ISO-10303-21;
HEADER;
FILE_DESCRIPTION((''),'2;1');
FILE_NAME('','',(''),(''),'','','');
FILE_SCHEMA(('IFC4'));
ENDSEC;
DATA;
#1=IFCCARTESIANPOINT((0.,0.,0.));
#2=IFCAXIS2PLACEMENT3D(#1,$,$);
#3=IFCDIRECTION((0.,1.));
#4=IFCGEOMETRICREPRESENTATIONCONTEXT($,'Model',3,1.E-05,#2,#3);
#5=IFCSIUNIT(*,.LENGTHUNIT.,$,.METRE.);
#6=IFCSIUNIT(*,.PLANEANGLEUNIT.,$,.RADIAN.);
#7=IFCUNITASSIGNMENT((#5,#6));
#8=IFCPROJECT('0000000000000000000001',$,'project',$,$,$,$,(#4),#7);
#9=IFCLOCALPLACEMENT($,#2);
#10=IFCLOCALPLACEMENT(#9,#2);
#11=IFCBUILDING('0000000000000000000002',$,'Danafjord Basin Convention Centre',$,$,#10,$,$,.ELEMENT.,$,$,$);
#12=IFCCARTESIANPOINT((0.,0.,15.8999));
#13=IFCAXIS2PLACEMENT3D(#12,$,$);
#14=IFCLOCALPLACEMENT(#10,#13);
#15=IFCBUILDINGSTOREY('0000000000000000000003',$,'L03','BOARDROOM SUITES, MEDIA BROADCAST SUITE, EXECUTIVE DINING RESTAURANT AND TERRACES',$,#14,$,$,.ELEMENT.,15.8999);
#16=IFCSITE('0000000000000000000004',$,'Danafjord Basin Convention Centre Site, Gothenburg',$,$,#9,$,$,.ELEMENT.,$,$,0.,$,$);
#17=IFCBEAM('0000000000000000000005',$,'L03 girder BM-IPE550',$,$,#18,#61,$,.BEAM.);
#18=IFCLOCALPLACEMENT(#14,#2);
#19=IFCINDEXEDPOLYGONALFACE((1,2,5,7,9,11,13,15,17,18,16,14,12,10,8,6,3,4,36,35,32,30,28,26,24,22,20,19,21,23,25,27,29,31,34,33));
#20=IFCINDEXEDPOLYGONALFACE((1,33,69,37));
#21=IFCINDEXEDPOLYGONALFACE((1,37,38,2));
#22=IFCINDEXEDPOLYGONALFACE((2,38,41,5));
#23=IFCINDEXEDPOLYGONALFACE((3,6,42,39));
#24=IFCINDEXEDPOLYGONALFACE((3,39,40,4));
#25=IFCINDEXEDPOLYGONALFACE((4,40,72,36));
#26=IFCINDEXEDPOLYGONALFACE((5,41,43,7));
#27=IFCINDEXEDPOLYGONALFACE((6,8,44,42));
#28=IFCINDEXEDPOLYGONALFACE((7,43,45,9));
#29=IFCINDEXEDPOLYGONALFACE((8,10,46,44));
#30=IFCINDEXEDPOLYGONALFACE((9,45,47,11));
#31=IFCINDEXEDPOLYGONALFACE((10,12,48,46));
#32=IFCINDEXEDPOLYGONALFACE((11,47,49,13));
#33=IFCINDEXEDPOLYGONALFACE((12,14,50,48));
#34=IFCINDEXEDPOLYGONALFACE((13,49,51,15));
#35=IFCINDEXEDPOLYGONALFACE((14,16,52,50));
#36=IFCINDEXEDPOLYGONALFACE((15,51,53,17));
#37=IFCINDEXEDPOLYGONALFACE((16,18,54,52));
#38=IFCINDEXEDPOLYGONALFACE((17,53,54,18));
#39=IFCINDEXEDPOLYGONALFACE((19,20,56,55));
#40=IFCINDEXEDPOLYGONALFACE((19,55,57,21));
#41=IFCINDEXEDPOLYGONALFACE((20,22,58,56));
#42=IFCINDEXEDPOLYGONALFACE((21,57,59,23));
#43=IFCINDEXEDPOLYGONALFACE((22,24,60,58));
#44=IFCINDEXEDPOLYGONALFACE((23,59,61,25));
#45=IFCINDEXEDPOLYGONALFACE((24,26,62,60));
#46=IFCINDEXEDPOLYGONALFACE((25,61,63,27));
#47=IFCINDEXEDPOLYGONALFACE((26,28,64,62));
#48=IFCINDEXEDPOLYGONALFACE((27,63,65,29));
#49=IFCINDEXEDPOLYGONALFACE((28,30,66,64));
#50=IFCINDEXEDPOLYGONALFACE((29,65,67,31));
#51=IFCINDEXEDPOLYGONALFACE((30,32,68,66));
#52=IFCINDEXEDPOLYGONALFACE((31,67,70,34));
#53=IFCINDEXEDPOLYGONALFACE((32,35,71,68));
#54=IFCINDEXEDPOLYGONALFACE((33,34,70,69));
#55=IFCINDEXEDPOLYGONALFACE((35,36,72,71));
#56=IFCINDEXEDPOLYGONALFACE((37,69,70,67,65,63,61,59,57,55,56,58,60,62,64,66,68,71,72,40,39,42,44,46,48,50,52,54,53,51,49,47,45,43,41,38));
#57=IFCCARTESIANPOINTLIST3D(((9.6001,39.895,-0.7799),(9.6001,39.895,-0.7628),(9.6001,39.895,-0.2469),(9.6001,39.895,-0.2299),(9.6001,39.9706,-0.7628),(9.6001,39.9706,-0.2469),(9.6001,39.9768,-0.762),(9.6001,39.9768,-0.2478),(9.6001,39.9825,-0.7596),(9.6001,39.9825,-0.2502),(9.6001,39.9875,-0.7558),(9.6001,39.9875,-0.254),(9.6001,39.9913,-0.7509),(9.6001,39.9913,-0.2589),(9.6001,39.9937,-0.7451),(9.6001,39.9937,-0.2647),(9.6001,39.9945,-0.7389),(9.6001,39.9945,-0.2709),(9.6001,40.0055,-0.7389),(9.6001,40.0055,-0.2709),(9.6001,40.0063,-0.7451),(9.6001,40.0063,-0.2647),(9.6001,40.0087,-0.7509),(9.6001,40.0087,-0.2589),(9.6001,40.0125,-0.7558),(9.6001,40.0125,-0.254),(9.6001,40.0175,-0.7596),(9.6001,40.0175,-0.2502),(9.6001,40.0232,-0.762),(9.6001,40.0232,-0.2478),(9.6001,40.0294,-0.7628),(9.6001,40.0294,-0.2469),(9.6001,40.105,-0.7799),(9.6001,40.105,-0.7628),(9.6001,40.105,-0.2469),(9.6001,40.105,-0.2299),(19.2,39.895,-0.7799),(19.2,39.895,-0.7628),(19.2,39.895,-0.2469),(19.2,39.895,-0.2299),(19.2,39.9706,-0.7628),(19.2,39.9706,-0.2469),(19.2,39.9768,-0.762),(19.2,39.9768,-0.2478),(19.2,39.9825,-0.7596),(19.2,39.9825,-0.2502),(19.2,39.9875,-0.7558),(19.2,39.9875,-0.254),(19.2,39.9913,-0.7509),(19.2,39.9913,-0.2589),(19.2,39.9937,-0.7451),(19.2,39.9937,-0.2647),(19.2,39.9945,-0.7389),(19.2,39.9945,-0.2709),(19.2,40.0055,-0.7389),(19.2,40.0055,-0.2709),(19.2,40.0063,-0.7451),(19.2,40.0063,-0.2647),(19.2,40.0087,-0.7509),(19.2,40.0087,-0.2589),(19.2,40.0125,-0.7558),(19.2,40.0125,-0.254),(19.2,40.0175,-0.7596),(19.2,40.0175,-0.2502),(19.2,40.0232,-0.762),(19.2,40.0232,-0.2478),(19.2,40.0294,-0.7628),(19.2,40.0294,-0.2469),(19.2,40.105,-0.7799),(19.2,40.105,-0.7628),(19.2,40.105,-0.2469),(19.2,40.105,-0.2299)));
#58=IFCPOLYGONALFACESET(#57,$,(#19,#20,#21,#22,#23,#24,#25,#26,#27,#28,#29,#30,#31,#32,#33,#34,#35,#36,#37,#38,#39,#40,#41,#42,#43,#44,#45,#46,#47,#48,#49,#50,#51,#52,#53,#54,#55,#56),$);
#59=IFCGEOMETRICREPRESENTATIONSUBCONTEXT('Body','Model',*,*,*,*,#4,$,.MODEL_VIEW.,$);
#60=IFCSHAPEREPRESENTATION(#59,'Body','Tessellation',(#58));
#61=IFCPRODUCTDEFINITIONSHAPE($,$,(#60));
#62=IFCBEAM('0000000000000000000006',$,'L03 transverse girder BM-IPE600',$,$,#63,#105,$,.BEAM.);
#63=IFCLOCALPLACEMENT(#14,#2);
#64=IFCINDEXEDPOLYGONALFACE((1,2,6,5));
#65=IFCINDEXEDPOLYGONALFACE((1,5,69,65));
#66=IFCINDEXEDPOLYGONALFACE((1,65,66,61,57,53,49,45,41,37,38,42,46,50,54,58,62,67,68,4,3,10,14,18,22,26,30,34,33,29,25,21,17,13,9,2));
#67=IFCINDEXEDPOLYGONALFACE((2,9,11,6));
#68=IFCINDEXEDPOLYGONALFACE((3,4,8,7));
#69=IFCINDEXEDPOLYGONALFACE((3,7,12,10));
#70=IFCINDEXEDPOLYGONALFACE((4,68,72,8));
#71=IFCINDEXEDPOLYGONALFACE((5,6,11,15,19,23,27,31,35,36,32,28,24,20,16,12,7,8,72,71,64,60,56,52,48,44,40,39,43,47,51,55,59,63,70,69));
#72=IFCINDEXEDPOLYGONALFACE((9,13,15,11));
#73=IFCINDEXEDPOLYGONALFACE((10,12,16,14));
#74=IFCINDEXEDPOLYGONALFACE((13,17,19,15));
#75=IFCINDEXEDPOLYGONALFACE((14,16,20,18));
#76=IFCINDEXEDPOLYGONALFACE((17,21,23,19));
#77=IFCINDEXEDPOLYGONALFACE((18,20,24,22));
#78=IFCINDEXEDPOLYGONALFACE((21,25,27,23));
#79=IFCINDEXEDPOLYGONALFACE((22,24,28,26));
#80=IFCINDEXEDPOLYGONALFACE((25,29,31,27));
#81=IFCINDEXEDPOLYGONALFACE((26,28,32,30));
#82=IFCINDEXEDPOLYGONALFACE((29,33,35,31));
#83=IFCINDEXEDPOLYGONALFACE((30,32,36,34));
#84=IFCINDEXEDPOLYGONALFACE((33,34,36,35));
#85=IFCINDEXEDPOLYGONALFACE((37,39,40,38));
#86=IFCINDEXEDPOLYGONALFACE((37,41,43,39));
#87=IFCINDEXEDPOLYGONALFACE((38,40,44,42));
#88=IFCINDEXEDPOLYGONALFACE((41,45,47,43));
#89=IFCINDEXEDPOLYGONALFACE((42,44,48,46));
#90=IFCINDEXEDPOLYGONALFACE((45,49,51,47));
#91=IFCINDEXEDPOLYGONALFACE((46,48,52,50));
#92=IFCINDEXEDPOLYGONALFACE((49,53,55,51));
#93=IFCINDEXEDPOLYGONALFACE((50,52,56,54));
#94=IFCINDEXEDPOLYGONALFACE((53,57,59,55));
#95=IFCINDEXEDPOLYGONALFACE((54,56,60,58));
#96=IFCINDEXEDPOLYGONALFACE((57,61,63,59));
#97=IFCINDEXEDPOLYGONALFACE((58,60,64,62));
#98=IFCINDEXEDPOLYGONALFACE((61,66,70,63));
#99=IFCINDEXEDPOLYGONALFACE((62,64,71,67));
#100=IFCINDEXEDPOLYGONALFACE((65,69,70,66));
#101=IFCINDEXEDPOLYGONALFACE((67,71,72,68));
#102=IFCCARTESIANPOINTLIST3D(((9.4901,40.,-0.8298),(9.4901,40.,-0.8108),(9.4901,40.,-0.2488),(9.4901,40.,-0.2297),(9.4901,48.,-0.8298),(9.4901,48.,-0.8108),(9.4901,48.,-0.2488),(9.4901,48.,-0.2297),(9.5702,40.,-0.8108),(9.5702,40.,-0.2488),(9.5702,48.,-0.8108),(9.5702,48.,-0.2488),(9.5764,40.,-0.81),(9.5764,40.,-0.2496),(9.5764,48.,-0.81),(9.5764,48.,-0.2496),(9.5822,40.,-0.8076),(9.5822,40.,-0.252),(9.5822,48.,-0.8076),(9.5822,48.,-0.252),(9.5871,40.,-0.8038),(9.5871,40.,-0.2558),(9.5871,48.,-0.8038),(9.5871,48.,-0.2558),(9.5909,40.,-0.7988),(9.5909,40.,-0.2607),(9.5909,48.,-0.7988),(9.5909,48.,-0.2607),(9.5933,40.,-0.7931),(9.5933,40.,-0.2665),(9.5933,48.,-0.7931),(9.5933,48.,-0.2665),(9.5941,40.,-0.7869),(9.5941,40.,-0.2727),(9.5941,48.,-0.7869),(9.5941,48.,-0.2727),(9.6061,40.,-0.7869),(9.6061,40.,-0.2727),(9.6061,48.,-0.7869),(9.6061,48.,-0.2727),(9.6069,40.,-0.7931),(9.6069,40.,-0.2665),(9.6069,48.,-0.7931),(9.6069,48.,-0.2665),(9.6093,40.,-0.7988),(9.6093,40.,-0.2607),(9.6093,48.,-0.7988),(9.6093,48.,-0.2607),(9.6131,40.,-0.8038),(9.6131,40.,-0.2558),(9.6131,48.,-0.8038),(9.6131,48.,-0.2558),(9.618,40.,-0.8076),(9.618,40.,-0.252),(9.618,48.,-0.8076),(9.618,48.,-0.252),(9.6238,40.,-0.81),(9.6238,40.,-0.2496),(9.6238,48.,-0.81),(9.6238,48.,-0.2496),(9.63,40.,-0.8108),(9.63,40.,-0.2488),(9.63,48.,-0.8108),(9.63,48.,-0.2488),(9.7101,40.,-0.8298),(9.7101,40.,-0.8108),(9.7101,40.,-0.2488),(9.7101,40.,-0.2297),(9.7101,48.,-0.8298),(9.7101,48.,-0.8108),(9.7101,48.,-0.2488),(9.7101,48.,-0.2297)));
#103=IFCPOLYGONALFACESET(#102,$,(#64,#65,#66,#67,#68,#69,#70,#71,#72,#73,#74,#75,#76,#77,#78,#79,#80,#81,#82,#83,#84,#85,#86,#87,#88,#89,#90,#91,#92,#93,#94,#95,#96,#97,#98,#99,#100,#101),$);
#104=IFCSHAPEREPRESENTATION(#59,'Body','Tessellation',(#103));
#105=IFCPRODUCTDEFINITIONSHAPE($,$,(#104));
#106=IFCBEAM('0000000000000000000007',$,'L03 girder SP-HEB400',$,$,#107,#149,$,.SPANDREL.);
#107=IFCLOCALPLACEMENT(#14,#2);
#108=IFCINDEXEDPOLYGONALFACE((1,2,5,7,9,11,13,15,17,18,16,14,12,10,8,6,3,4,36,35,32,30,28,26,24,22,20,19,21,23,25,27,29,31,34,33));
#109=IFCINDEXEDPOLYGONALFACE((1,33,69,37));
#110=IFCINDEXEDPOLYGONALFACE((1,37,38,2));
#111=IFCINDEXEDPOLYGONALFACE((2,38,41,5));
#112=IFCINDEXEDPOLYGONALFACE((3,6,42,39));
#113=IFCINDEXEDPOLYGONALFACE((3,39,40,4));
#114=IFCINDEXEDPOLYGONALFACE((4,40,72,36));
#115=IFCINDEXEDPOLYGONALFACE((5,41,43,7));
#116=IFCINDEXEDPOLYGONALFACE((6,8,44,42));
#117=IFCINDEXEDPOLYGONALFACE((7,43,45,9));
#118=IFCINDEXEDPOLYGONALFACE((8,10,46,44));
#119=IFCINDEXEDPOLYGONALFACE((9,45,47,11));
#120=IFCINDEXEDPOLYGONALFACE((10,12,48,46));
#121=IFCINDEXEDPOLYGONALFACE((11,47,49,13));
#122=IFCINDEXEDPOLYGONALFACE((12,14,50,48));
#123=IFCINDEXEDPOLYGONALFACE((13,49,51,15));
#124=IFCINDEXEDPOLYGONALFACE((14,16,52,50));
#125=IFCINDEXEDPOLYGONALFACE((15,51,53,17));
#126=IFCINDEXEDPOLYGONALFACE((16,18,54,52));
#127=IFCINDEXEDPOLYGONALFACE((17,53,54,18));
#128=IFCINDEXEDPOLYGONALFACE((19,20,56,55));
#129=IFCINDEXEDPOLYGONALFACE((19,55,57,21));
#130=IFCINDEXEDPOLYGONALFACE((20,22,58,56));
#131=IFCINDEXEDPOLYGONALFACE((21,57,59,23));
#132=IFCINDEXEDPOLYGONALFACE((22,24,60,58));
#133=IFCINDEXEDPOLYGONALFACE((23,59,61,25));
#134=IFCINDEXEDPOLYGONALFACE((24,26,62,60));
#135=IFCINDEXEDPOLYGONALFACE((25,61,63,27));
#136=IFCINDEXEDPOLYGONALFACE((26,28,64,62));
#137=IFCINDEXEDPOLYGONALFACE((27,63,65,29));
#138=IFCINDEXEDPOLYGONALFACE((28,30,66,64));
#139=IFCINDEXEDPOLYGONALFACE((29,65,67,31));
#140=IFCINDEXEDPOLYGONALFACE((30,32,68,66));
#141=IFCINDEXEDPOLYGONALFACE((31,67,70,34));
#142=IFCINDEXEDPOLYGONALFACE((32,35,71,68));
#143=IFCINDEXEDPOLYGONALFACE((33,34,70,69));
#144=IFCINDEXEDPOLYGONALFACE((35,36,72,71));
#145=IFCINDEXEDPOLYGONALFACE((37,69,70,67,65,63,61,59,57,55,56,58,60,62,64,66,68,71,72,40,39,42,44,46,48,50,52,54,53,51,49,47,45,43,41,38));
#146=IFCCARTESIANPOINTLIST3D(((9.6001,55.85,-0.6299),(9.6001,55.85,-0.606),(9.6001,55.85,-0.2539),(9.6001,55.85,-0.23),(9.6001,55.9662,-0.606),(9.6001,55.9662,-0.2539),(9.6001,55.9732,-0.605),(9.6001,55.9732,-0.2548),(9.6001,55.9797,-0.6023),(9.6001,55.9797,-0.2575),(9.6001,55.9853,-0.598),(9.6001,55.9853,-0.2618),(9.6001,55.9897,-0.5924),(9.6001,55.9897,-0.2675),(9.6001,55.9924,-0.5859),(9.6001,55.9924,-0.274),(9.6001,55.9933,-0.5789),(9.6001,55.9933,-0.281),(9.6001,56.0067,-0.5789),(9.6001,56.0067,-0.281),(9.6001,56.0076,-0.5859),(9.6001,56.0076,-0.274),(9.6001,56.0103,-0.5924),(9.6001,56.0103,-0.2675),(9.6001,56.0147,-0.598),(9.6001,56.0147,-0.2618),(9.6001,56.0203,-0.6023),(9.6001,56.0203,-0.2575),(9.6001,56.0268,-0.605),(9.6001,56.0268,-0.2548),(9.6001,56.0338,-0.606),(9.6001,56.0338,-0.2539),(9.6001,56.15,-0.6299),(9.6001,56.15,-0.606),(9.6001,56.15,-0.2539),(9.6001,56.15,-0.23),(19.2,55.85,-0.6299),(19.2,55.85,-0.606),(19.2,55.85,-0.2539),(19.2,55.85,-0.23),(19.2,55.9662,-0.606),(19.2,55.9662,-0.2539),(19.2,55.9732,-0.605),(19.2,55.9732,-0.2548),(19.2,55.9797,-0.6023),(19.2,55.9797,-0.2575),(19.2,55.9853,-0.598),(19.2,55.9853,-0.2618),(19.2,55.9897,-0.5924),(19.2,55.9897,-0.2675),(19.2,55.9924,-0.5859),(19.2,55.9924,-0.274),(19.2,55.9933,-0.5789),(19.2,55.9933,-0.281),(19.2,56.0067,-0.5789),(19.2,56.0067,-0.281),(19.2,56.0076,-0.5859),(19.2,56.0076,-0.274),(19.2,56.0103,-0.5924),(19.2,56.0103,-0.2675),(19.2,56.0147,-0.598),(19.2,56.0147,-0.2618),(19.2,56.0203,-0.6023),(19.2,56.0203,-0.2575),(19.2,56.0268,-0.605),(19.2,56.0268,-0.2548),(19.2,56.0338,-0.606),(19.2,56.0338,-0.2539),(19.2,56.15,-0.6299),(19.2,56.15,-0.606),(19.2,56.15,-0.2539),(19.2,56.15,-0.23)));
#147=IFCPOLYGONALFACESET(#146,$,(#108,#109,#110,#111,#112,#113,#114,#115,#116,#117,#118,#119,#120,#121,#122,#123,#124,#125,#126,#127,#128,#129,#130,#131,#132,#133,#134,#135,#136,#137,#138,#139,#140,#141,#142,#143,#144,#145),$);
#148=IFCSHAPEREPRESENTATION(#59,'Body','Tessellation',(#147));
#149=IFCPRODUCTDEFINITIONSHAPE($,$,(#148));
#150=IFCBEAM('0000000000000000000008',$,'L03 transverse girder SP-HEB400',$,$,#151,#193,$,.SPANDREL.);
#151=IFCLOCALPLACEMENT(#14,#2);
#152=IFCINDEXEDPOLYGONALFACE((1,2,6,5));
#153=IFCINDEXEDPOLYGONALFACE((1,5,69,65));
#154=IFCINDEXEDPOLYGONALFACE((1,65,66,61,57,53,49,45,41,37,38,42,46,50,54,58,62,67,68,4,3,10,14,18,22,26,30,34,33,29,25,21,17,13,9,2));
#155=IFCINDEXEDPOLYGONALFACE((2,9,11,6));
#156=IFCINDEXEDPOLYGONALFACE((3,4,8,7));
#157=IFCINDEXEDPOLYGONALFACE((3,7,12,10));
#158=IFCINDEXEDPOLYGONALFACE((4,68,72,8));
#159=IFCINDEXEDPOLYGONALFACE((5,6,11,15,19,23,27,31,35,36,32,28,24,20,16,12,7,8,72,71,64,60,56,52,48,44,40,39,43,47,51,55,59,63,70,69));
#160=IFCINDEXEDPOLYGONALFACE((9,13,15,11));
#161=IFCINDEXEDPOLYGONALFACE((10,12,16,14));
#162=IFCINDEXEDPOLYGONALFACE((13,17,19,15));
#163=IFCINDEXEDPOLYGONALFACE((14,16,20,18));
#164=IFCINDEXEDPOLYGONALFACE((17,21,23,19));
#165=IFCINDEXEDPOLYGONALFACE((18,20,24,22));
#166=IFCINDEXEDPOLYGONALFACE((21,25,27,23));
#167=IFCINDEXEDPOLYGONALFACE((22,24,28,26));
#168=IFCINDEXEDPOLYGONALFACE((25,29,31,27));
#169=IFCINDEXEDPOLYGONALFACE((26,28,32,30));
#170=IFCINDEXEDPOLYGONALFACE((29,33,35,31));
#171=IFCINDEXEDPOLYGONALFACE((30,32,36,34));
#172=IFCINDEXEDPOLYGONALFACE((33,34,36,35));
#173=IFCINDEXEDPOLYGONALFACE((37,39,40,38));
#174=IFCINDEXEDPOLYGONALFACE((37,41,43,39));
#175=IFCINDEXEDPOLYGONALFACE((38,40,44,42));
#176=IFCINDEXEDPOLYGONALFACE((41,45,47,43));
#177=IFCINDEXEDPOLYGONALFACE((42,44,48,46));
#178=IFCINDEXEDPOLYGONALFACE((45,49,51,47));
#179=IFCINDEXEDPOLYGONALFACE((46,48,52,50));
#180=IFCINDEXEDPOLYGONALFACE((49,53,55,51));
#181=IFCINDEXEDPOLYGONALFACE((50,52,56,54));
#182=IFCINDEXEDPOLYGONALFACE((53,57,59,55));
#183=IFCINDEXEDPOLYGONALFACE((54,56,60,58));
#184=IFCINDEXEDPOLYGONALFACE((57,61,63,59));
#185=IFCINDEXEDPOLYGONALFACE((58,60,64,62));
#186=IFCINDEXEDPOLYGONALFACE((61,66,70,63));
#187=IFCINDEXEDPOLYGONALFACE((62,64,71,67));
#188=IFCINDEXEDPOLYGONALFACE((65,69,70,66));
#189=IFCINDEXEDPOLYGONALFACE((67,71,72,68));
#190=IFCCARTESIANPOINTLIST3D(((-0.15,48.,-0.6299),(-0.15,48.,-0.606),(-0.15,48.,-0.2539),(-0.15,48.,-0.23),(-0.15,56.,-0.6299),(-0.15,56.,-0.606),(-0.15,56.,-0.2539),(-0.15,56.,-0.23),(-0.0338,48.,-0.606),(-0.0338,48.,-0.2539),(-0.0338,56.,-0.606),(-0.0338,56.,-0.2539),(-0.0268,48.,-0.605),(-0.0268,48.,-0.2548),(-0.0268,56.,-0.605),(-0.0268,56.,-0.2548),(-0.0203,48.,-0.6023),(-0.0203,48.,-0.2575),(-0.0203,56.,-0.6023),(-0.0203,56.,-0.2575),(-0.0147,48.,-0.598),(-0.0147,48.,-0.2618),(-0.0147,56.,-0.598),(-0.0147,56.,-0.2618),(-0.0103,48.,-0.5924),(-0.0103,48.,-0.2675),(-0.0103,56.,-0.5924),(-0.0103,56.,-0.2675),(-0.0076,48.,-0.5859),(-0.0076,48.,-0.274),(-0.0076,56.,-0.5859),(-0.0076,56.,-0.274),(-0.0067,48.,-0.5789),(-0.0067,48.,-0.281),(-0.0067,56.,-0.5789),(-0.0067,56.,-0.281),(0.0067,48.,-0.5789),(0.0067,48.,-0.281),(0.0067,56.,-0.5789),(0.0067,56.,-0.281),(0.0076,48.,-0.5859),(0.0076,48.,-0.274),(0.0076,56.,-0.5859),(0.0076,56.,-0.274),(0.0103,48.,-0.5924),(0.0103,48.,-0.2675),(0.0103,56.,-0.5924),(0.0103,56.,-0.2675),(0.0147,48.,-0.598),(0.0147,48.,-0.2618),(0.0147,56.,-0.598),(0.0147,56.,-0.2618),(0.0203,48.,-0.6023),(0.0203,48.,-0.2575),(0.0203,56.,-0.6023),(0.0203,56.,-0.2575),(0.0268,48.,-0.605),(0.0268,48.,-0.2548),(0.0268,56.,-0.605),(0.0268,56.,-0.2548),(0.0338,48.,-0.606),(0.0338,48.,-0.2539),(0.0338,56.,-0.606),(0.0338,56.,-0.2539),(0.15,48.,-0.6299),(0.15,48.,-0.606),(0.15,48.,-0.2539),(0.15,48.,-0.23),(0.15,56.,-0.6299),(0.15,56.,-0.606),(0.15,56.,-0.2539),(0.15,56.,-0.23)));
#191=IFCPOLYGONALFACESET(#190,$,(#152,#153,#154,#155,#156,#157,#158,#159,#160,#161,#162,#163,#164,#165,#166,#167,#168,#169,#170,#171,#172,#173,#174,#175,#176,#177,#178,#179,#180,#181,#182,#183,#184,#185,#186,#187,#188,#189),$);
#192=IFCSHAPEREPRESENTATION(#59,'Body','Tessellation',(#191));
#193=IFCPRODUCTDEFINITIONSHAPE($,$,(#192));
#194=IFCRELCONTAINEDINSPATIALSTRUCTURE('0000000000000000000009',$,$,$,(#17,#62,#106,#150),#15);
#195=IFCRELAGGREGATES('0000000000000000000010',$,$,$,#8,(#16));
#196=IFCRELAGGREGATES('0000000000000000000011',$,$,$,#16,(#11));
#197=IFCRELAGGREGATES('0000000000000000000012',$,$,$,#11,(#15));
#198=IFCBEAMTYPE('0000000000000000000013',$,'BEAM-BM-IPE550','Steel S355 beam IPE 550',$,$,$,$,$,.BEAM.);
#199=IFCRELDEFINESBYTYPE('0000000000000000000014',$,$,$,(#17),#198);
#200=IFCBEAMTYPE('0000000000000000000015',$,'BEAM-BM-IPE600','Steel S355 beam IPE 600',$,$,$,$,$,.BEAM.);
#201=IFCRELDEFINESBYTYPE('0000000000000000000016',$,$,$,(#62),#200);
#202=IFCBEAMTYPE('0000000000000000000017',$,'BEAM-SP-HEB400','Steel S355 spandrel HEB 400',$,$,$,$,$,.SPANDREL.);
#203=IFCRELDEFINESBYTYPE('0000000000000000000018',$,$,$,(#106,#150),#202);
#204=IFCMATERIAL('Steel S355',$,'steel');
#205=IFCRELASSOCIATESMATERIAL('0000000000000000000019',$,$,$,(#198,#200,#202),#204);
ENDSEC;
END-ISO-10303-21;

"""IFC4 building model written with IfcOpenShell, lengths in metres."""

from ifc_helpers import new_model, si_unit, direction, frame, origin, origin_2d, place, context, subcontext, project, spatial, i_section, extrude, material, material_profile, profile_set, type_object, element, save


model = new_model("IFC4")

# Units and contexts
model_context = context("Model", 3, precision=1e-05, world=origin(), true_north=direction((0.0, 1.0)))
body_context = subcontext(model_context, "Body", "Model", "MODEL_VIEW")
ifc_project = project(units=[si_unit("LENGTHUNIT", "METRE"), si_unit("PLANEANGLEUNIT", "RADIAN")], contexts=[model_context])

# Site, building, storey
site_placement = place(None, origin())
site = spatial("IfcSite", under=ifc_project, at=site_placement, Name="Danafjord Basin Convention Centre Site, Gothenburg", CompositionType="ELEMENT", RefElevation=0.0)
building_placement = place(site_placement, origin())
building = spatial("IfcBuilding", under=site, at=building_placement, Name="Danafjord Basin Convention Centre", CompositionType="ELEMENT")
storey_placement = place(building_placement, frame((0.0, 0.0, 15.8999)))
storey = spatial("IfcBuildingStorey", under=building, at=storey_placement, Name="L03", Description="BOARDROOM SUITES, MEDIA BROADCAST SUITE, EXECUTIVE DINING RESTAURANT AND TERRACES", CompositionType="ELEMENT", Elevation=15.8999)

# Shared definitions
ifc_material_1 = material(Name="Steel S355", Category="steel")

# Beams
ifc_material_profile_1 = material_profile(ifc_material_1, i_section(OverallWidth=0.21, OverallDepth=0.55, WebThickness=0.011, FlangeThickness=0.0171, FilletRadius=0.0239, at=origin_2d()), Name="IPE 550")
ifc_profile_set_1 = profile_set([ifc_material_profile_1], Name="Steel S355")
beam_type_1 = type_object("IfcBeamType", Name="BEAM-BM-IPE550", Description="Steel S355 beam IPE 550", PredefinedType="BEAM", material=ifc_profile_set_1)
beam_1_placement = place(storey_placement, frame((9.6001, 40.0, -0.5049), z_axis=(1.0, 0.0, 0.0), x_axis=(0.0, 1.0, 0.0)))
element("IfcBeam", 1, at=beam_1_placement, inside=storey, type_object=beam_type_1, Name="L03 girder BM-IPE550", PredefinedType="BEAM", context=body_context, shape_type="SweptSolid", body=[
    extrude(i_section(OverallWidth=0.21, OverallDepth=0.55, WebThickness=0.011, FlangeThickness=0.0171, FilletRadius=0.0239, at=origin_2d()), origin(), (0.0, 0.0, 1.0), 9.5999),
])
ifc_material_profile_2 = material_profile(ifc_material_1, i_section(OverallWidth=0.22, OverallDepth=0.6001, WebThickness=0.012, FlangeThickness=0.019, FilletRadius=0.0239, at=origin_2d()), Name="IPE 600")
ifc_profile_set_2 = profile_set([ifc_material_profile_2], Name="Steel S355")
beam_type_2 = type_object("IfcBeamType", Name="BEAM-BM-IPE600", Description="Steel S355 beam IPE 600", PredefinedType="BEAM", material=ifc_profile_set_2)
beam_2_placement = place(storey_placement, frame((9.6001, 40.0, -0.5298), z_axis=(0.0, 1.0, 0.0), x_axis=(-1.0, 0.0, 0.0)))
element("IfcBeam", 2, at=beam_2_placement, inside=storey, type_object=beam_type_2, Name="L03 transverse girder BM-IPE600", PredefinedType="BEAM", context=body_context, shape_type="SweptSolid", body=[
    extrude(i_section(OverallWidth=0.22, OverallDepth=0.6001, WebThickness=0.012, FlangeThickness=0.019, FilletRadius=0.0239, at=origin_2d()), origin(), (0.0, 0.0, 1.0), 8.0),
])
ifc_material_profile_3 = material_profile(ifc_material_1, i_section(OverallWidth=0.3, OverallDepth=0.3999, WebThickness=0.0134, FlangeThickness=0.0239, FilletRadius=0.0271, at=origin_2d()), Name="HEB 400")
ifc_profile_set_3 = profile_set([ifc_material_profile_3], Name="Steel S355")
beam_type_3 = type_object("IfcBeamType", Name="BEAM-SP-HEB400", Description="Steel S355 spandrel HEB 400", PredefinedType="SPANDREL", material=ifc_profile_set_3)
beam_3_placement = place(storey_placement, frame((9.6001, 56.0, -0.4299), z_axis=(1.0, 0.0, 0.0), x_axis=(0.0, 1.0, 0.0)))
element("IfcBeam", 3, at=beam_3_placement, inside=storey, type_object=beam_type_3, Name="L03 girder SP-HEB400", PredefinedType="SPANDREL", context=body_context, shape_type="SweptSolid", body=[
    extrude(i_section(OverallWidth=0.3, OverallDepth=0.3999, WebThickness=0.0134, FlangeThickness=0.0239, FilletRadius=0.0271, at=origin_2d()), origin(), (0.0, 0.0, 1.0), 9.5999),
])
beam_4_placement = place(storey_placement, frame((0.0, 48.0, -0.4299), z_axis=(0.0, 1.0, 0.0), x_axis=(-1.0, 0.0, 0.0)))
element("IfcBeam", 4, at=beam_4_placement, inside=storey, type_object=beam_type_3, Name="L03 transverse girder SP-HEB400", PredefinedType="SPANDREL", context=body_context, shape_type="SweptSolid", body=[
    extrude(i_section(OverallWidth=0.3, OverallDepth=0.3999, WebThickness=0.0134, FlangeThickness=0.0239, FilletRadius=0.0271, at=origin_2d()), origin(), (0.0, 0.0, 1.0), 8.0),
])

save(model, "model.ifc")
